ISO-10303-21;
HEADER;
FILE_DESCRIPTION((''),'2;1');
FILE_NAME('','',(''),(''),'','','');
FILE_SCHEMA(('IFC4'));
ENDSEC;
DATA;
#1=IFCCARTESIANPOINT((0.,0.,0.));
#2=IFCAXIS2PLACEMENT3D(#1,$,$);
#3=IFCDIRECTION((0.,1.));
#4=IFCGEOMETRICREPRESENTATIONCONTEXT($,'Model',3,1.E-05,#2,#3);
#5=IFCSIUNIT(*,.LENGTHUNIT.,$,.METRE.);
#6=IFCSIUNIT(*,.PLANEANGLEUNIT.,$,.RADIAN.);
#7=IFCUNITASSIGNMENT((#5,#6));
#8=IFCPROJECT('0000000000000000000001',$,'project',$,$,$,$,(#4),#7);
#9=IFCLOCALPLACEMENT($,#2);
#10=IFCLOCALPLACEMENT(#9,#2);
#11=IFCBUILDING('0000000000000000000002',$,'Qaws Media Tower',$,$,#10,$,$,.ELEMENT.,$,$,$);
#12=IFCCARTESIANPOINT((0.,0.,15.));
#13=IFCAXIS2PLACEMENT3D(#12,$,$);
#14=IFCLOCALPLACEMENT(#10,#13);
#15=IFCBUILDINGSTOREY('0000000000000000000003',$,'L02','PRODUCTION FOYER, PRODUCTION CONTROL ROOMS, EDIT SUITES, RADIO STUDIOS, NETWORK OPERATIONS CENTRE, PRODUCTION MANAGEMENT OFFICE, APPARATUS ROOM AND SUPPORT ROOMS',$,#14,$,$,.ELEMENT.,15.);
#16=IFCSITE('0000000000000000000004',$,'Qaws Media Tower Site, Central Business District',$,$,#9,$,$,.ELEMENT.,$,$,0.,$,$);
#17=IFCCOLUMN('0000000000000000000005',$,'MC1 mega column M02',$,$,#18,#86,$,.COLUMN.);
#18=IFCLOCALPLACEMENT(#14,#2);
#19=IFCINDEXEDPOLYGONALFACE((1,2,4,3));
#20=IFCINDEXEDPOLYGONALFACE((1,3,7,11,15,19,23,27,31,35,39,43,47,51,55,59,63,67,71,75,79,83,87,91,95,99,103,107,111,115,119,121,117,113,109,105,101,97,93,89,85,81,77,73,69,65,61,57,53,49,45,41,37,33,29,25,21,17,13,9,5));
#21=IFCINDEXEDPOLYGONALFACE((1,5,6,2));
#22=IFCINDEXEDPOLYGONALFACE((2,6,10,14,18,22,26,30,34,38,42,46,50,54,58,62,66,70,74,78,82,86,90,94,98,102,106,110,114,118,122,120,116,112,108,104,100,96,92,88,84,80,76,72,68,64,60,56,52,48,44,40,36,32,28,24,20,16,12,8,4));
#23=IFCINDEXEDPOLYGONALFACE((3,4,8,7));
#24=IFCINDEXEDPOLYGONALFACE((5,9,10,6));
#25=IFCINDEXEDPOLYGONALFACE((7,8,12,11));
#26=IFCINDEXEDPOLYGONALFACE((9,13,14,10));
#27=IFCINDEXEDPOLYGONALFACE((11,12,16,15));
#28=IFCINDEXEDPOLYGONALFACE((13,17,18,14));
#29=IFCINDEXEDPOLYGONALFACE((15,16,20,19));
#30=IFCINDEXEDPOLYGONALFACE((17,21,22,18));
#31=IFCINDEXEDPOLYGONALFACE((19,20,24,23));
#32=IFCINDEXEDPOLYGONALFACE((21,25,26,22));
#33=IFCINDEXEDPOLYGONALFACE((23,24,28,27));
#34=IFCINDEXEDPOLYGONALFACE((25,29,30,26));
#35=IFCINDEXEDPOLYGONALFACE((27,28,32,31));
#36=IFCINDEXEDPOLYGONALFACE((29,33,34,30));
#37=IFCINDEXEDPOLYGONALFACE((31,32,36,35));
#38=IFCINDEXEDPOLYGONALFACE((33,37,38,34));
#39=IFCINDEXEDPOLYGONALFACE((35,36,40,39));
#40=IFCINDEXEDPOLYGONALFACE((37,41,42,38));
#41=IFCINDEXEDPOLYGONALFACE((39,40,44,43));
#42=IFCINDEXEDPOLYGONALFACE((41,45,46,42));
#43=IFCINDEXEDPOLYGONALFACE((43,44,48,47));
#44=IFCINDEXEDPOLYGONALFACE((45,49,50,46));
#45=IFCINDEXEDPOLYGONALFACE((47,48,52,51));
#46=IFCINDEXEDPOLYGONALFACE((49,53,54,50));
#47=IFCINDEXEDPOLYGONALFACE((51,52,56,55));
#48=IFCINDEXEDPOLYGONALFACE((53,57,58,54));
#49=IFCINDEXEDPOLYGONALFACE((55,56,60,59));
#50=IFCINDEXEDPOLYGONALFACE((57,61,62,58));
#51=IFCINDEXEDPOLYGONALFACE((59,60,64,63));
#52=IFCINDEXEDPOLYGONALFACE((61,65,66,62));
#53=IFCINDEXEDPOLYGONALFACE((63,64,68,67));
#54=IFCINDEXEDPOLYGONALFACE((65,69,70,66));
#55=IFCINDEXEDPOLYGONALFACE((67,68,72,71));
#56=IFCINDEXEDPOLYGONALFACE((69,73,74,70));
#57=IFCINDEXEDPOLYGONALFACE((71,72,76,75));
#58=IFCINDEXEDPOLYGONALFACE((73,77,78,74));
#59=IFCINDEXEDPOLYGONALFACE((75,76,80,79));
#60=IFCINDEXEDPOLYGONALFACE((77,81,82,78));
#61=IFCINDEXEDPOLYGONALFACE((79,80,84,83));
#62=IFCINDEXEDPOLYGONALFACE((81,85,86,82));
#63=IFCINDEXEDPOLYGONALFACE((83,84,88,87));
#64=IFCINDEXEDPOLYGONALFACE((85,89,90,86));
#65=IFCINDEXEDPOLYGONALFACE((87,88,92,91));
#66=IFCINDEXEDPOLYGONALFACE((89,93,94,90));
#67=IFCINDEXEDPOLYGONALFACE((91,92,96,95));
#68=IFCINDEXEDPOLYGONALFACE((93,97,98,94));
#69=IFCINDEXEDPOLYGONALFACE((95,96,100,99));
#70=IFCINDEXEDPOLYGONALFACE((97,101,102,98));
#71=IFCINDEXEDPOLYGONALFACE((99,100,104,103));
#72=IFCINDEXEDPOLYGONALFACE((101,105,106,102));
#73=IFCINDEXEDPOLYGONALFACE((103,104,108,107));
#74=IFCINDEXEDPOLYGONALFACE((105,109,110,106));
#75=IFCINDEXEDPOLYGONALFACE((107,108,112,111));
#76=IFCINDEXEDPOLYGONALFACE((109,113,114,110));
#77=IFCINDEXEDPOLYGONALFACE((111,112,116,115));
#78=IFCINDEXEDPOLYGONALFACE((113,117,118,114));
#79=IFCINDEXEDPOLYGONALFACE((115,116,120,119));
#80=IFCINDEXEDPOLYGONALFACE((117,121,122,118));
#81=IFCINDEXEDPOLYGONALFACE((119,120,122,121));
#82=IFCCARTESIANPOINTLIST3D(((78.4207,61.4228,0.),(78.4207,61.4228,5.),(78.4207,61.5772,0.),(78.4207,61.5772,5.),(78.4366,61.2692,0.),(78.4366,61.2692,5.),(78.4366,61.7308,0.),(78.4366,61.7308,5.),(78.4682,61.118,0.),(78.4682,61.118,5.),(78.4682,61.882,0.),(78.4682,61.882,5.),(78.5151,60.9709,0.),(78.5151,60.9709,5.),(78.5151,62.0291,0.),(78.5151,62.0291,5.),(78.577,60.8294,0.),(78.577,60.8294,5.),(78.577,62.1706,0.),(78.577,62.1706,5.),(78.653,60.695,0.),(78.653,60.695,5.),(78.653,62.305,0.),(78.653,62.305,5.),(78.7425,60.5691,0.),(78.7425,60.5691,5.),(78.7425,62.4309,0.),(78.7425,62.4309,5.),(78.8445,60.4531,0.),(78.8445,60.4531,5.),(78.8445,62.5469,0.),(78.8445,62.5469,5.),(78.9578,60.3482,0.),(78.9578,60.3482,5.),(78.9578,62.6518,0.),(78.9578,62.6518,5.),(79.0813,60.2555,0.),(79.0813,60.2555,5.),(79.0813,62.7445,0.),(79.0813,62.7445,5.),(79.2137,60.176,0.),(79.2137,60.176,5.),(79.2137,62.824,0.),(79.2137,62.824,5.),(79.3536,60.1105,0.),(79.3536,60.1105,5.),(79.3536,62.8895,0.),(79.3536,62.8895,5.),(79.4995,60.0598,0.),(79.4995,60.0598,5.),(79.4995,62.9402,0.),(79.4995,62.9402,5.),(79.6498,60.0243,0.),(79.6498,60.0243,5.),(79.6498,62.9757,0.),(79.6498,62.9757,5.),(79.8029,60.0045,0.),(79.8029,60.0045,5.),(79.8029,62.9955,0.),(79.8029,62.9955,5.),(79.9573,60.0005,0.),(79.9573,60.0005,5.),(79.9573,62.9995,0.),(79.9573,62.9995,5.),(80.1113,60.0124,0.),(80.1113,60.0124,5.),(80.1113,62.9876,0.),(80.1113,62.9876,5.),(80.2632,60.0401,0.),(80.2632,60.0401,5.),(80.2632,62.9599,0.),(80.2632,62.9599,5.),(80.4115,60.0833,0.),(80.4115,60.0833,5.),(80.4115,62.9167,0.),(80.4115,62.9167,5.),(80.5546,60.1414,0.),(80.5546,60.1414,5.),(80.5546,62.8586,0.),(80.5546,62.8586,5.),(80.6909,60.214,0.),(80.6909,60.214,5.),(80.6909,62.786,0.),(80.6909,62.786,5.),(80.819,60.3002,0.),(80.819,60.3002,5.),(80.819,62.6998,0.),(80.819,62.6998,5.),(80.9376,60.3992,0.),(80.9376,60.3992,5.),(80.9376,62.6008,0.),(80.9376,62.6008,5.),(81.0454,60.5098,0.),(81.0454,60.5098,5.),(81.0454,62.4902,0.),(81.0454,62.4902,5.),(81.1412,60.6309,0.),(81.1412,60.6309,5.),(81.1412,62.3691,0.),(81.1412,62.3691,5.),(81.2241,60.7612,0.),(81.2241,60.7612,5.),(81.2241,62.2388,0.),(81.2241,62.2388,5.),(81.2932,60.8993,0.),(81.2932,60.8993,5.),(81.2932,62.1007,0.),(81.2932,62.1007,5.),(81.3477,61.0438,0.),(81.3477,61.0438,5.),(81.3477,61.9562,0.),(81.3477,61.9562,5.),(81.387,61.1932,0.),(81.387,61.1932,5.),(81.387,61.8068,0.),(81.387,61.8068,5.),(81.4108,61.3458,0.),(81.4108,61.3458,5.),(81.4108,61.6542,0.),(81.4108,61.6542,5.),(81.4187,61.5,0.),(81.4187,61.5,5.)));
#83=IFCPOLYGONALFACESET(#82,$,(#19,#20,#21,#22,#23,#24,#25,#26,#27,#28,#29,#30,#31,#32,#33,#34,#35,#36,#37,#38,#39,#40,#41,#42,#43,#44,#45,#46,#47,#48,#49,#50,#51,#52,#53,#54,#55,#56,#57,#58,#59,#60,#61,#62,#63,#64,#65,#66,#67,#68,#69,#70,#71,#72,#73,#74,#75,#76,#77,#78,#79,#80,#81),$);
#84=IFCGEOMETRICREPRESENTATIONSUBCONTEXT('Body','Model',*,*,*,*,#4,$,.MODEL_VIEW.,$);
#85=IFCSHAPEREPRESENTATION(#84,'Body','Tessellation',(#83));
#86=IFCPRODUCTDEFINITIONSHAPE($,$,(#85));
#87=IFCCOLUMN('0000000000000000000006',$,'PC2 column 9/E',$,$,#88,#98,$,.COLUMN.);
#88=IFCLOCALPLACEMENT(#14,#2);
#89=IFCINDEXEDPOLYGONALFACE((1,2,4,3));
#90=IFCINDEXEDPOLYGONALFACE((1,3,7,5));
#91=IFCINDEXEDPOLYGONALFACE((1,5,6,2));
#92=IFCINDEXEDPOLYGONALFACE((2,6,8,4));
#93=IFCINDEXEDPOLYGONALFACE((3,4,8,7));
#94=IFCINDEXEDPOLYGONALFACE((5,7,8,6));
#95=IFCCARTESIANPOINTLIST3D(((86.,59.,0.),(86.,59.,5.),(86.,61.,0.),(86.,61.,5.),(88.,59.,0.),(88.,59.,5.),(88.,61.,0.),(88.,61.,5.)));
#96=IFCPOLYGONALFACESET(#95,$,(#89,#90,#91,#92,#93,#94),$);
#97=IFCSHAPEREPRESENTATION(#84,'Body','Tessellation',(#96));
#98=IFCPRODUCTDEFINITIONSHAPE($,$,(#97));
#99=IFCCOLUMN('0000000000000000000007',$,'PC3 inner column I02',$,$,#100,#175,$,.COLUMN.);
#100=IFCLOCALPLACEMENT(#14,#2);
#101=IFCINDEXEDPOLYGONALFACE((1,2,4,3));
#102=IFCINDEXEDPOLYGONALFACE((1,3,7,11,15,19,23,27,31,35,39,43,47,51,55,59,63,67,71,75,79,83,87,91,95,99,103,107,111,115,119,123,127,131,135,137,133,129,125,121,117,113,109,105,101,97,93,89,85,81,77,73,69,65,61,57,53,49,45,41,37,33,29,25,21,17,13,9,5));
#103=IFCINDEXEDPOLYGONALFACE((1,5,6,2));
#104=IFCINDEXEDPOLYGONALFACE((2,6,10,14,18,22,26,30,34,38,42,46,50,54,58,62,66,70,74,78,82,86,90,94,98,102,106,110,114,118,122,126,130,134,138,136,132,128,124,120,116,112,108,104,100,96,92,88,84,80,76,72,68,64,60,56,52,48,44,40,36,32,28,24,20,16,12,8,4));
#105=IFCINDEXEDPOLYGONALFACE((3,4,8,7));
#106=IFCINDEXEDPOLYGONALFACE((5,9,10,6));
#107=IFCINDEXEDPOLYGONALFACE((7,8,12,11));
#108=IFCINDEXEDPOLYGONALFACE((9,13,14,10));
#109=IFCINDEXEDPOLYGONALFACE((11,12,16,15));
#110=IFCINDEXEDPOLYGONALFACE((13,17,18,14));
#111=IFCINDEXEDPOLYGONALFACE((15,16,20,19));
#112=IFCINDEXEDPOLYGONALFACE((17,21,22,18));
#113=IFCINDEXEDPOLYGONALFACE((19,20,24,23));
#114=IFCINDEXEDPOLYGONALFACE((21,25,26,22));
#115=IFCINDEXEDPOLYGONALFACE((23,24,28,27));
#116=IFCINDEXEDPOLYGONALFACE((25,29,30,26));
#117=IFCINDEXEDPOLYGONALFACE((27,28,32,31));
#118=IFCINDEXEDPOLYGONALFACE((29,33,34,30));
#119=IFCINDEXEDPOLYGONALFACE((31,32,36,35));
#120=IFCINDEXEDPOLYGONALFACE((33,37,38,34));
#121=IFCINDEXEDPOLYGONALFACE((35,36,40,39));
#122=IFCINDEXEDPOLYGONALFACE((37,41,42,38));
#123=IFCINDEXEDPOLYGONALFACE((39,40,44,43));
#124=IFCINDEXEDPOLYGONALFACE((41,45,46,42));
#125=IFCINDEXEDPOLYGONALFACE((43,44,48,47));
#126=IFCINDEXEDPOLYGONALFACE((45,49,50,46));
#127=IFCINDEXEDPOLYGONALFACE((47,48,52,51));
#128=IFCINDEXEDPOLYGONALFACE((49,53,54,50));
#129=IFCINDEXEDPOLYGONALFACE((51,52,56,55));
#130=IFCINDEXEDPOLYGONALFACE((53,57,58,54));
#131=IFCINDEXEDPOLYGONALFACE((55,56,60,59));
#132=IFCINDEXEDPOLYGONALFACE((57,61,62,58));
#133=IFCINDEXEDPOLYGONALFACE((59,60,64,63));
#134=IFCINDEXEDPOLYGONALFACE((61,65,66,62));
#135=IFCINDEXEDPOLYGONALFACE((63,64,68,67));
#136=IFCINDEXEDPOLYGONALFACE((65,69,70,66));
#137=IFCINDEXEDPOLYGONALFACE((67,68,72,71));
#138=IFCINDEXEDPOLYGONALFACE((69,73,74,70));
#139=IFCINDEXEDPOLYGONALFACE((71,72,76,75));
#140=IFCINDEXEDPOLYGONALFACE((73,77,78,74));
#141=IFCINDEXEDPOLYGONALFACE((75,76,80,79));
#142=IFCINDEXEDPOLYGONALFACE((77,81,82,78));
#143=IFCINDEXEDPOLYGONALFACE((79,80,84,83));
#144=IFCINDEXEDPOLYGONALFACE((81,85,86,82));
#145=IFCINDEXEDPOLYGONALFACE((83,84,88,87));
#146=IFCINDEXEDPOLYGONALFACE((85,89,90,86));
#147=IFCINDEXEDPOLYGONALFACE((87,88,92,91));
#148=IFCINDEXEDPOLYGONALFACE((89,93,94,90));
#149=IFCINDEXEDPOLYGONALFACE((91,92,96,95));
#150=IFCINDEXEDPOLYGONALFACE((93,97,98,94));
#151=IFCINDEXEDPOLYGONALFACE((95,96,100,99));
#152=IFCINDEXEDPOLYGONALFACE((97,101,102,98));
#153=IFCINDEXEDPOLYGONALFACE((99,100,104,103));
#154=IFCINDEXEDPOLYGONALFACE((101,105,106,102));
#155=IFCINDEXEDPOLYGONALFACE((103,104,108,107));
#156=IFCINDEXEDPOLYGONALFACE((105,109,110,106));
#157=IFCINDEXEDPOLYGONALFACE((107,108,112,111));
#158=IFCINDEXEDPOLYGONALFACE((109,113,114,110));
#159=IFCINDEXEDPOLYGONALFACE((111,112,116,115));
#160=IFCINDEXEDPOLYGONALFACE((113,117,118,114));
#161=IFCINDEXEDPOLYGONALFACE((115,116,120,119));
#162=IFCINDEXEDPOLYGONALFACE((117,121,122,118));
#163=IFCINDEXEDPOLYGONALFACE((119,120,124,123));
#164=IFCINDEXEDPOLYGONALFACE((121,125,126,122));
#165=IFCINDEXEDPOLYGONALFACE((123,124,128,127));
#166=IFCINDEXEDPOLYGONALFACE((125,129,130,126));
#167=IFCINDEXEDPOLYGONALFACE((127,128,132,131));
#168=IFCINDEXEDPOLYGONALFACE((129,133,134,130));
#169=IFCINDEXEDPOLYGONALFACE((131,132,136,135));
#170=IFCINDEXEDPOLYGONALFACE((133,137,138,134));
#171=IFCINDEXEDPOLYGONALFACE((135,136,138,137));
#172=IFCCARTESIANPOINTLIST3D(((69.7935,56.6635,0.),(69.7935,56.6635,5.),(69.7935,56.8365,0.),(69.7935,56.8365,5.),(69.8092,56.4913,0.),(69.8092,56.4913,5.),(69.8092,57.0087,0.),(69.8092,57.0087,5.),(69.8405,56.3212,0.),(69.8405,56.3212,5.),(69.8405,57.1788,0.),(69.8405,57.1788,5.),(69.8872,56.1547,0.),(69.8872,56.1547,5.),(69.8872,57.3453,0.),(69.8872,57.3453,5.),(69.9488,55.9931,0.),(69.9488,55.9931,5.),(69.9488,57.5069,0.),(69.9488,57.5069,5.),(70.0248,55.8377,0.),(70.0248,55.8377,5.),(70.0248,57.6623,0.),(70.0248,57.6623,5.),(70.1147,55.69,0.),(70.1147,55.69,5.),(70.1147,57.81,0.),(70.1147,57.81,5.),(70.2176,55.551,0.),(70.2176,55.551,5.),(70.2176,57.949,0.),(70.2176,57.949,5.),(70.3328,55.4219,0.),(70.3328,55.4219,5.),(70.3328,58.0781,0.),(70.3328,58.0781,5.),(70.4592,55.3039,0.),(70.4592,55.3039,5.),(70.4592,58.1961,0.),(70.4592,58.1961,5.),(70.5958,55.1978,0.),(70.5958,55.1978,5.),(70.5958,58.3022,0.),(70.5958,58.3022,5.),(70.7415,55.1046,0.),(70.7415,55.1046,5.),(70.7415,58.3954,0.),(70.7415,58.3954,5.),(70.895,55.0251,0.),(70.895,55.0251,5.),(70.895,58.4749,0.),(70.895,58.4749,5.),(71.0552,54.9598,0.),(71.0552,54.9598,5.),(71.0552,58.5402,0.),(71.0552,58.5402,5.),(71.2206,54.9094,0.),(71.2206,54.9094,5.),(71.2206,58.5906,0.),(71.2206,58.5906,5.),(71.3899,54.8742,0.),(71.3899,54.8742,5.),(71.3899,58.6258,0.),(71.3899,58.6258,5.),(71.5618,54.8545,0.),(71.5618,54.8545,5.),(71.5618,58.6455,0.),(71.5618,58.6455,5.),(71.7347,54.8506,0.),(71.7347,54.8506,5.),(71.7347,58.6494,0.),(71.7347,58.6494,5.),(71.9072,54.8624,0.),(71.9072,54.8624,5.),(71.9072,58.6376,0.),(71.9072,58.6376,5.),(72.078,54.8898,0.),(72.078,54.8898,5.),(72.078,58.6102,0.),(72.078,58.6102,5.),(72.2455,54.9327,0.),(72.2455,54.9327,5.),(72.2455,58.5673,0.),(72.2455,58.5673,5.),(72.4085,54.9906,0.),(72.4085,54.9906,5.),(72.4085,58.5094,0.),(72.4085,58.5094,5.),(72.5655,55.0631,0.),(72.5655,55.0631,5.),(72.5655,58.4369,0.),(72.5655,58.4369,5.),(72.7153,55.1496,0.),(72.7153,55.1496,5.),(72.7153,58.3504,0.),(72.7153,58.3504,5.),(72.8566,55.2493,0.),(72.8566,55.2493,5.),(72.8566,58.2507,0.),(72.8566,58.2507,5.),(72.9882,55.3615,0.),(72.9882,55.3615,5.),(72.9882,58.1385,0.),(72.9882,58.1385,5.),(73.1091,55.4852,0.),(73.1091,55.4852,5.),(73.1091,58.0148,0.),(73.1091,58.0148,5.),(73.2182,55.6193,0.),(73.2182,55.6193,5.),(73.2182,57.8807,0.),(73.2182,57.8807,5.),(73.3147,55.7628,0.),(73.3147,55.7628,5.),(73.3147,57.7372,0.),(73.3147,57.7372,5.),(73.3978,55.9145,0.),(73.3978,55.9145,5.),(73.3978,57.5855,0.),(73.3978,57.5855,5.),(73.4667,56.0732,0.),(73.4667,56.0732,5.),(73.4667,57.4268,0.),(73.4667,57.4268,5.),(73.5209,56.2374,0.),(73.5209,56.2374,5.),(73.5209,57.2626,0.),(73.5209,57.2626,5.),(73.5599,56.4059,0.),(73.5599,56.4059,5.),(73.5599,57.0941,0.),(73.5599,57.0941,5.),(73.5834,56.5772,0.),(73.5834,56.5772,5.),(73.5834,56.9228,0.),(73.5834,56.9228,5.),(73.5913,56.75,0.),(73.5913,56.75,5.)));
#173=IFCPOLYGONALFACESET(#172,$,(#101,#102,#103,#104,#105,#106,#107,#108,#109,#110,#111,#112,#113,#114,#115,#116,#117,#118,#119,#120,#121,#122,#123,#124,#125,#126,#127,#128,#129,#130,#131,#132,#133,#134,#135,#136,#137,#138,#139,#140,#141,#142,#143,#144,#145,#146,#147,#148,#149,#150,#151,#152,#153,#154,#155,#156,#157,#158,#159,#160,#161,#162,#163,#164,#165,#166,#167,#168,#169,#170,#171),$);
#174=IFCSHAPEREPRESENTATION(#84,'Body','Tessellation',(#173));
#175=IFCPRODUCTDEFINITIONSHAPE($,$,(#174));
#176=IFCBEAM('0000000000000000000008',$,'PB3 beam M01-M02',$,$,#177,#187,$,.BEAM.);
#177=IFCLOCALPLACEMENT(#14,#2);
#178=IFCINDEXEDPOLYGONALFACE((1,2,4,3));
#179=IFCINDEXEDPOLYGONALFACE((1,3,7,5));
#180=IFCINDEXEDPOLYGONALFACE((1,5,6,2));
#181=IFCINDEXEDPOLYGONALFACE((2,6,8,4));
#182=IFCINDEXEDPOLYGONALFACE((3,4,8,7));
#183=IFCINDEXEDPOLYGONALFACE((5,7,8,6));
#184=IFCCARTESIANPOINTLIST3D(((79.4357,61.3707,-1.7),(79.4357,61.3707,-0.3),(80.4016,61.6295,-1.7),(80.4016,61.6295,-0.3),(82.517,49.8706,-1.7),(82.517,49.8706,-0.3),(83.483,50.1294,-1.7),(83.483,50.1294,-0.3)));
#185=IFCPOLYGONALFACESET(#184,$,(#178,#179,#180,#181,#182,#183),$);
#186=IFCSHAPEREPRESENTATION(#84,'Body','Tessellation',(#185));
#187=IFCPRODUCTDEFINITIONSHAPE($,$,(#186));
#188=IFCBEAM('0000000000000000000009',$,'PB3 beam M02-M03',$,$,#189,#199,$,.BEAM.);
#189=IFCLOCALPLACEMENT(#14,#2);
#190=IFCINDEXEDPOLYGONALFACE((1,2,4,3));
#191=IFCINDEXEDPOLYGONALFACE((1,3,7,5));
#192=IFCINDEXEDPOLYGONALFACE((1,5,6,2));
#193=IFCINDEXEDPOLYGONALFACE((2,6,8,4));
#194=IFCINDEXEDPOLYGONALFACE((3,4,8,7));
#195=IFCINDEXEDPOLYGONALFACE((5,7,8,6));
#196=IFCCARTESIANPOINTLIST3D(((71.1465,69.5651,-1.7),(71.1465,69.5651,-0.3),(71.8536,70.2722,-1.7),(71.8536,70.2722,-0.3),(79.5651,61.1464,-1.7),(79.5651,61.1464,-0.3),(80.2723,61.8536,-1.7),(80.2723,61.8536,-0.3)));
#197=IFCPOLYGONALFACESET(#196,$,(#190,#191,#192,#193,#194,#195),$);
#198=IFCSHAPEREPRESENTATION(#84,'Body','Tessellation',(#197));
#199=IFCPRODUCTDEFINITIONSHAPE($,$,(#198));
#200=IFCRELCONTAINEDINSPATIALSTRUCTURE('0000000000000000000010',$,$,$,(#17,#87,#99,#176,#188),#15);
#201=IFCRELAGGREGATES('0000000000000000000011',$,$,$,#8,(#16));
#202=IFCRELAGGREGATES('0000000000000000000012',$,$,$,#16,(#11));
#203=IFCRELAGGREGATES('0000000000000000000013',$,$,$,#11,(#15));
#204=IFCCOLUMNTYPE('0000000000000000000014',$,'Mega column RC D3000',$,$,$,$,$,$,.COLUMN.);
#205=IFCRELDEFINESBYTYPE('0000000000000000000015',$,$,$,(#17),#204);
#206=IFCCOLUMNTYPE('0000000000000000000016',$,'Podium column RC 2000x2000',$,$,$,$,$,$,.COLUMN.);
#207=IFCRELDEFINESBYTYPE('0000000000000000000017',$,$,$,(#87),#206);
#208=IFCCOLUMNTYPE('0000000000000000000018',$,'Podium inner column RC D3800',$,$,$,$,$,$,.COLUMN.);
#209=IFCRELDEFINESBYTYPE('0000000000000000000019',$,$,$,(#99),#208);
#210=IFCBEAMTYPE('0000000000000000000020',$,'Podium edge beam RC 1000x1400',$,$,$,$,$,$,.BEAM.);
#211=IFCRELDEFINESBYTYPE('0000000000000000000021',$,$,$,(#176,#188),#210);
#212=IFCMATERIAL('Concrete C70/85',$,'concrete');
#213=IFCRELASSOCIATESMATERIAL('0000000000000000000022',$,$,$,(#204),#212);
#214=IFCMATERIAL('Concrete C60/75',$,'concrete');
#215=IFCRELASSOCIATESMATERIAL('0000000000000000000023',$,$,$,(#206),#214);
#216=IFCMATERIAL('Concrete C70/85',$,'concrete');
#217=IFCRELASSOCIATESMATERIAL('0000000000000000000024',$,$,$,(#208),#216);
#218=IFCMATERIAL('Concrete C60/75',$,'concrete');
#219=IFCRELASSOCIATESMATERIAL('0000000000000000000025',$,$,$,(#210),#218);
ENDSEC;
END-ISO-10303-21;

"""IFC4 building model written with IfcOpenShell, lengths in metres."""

from ifc_helpers import new_model, si_unit, direction, frame, origin, origin_2d, place, context, subcontext, project, spatial, rectangle, circle, extrude, material, material_profile, profile_set, type_object, element, save


model = new_model("IFC4")

# Units and contexts
model_context = context("Model", 3, precision=1e-05, world=origin(), true_north=direction((0.0, 1.0)))
body_context = subcontext(model_context, "Body", "Model", "MODEL_VIEW")
ifc_project = project(units=[si_unit("LENGTHUNIT", "METRE"), si_unit("PLANEANGLEUNIT", "RADIAN")], contexts=[model_context])

# Site, building, storey
site_placement = place(None, origin())
site = spatial("IfcSite", under=ifc_project, at=site_placement, Name="Qaws Media Tower Site, Central Business District", CompositionType="ELEMENT", RefElevation=0.0)
building_placement = place(site_placement, origin())
building = spatial("IfcBuilding", under=site, at=building_placement, Name="Qaws Media Tower", CompositionType="ELEMENT")
storey_placement = place(building_placement, frame((0.0, 0.0, 15.0)))
storey = spatial("IfcBuildingStorey", under=building, at=storey_placement, Name="L02", Description="PRODUCTION FOYER, PRODUCTION CONTROL ROOMS, EDIT SUITES, RADIO STUDIOS, NETWORK OPERATIONS CENTRE, PRODUCTION MANAGEMENT OFFICE, APPARATUS ROOM AND SUPPORT ROOMS", CompositionType="ELEMENT", Elevation=15.0)

# Columns
ifc_material_1 = material(Name="Concrete C70/85", Category="concrete")
ifc_material_profile_1 = material_profile(ifc_material_1, circle(Radius=1.5, at=origin_2d()), Name="RC D3000")
ifc_profile_set_1 = profile_set([ifc_material_profile_1], Name="Concrete C70/85")
column_type_1 = type_object("IfcColumnType", Name="Mega column RC D3000", PredefinedType="COLUMN", material=ifc_profile_set_1)
column_1_placement = place(storey_placement, frame((79.9187, 61.5, 0.0), z_axis=(0.0, 0.0, 1.0), x_axis=(1.0, 0.0, 0.0)))
element("IfcColumn", 1, at=column_1_placement, inside=storey, type_object=column_type_1, Name="MC1 mega column M02", PredefinedType="COLUMN", context=body_context, shape_type="SweptSolid", body=[
    extrude(circle(Radius=1.5, at=origin_2d()), origin(), (0.0, 0.0, 1.0), 5.0),
])
ifc_material_2 = material(Name="Concrete C60/75", Category="concrete")
ifc_material_profile_2 = material_profile(ifc_material_2, rectangle(XDim=2.0, YDim=2.0, at=origin_2d()), Name="RC 2000x2000")
ifc_profile_set_2 = profile_set([ifc_material_profile_2], Name="Concrete C60/75")
column_type_2 = type_object("IfcColumnType", Name="Podium column RC 2000x2000", PredefinedType="COLUMN", material=ifc_profile_set_2)
column_2_placement = place(storey_placement, frame((87.0, 60.0, 0.0), z_axis=(0.0, 0.0, 1.0), x_axis=(1.0, 0.0, 0.0)))
element("IfcColumn", 2, at=column_2_placement, inside=storey, type_object=column_type_2, Name="PC2 column 9/E", PredefinedType="COLUMN", context=body_context, shape_type="SweptSolid", body=[
    extrude(rectangle(XDim=2.0, YDim=2.0, at=origin_2d()), origin(), (0.0, 0.0, 1.0), 5.0),
])
ifc_material_3 = material(Name="Concrete C70/85", Category="concrete")
ifc_material_profile_3 = material_profile(ifc_material_3, circle(Radius=1.8999, at=origin_2d()), Name="RC D3800")
ifc_profile_set_3 = profile_set([ifc_material_profile_3], Name="Concrete C70/85")
column_type_3 = type_object("IfcColumnType", Name="Podium inner column RC D3800", PredefinedType="COLUMN", material=ifc_profile_set_3)
column_3_placement = place(storey_placement, frame((71.6914, 56.75, 0.0), z_axis=(0.0, 0.0, 1.0), x_axis=(1.0, 0.0, 0.0)))
element("IfcColumn", 3, at=column_3_placement, inside=storey, type_object=column_type_3, Name="PC3 inner column I02", PredefinedType="COLUMN", context=body_context, shape_type="SweptSolid", body=[
    extrude(circle(Radius=1.8999, at=origin_2d()), origin(), (0.0, 0.0, 1.0), 5.0),
])

# Beams
ifc_material_4 = material(Name="Concrete C60/75", Category="concrete")
ifc_material_profile_4 = material_profile(ifc_material_4, rectangle(XDim=1.0, YDim=1.3999, at=origin_2d()), Name="RC 1000x1400")
ifc_profile_set_4 = profile_set([ifc_material_profile_4], Name="Concrete C60/75")
beam_type_1 = type_object("IfcBeamType", Name="Podium edge beam RC 1000x1400", PredefinedType="BEAM", material=ifc_profile_set_4)
for number, where, z_axis, x_axis, name in (
    (4, (83.0, 50.0, -1.0), (-0.25881, 0.965928, 0.0), (-0.965928, -0.25881, 0.0), "PB3 beam M01-M02"),
    (5, (79.9187, 61.5, -1.0), (-0.707107, 0.707107, 0.0), (-0.707107, -0.707107, 0.0), "PB3 beam M02-M03"),
):
    element("IfcBeam", number, at=place(storey_placement, frame(where, z_axis=z_axis, x_axis=x_axis)), inside=storey, type_object=beam_type_1, Name=name, PredefinedType="BEAM", context=body_context, shape_type="SweptSolid", body=[
        extrude(rectangle(XDim=1.0, YDim=1.3999, at=origin_2d()), origin(), (0.0, 0.0, 1.0), 11.9058),
    ])

save(model, "model.ifc")
